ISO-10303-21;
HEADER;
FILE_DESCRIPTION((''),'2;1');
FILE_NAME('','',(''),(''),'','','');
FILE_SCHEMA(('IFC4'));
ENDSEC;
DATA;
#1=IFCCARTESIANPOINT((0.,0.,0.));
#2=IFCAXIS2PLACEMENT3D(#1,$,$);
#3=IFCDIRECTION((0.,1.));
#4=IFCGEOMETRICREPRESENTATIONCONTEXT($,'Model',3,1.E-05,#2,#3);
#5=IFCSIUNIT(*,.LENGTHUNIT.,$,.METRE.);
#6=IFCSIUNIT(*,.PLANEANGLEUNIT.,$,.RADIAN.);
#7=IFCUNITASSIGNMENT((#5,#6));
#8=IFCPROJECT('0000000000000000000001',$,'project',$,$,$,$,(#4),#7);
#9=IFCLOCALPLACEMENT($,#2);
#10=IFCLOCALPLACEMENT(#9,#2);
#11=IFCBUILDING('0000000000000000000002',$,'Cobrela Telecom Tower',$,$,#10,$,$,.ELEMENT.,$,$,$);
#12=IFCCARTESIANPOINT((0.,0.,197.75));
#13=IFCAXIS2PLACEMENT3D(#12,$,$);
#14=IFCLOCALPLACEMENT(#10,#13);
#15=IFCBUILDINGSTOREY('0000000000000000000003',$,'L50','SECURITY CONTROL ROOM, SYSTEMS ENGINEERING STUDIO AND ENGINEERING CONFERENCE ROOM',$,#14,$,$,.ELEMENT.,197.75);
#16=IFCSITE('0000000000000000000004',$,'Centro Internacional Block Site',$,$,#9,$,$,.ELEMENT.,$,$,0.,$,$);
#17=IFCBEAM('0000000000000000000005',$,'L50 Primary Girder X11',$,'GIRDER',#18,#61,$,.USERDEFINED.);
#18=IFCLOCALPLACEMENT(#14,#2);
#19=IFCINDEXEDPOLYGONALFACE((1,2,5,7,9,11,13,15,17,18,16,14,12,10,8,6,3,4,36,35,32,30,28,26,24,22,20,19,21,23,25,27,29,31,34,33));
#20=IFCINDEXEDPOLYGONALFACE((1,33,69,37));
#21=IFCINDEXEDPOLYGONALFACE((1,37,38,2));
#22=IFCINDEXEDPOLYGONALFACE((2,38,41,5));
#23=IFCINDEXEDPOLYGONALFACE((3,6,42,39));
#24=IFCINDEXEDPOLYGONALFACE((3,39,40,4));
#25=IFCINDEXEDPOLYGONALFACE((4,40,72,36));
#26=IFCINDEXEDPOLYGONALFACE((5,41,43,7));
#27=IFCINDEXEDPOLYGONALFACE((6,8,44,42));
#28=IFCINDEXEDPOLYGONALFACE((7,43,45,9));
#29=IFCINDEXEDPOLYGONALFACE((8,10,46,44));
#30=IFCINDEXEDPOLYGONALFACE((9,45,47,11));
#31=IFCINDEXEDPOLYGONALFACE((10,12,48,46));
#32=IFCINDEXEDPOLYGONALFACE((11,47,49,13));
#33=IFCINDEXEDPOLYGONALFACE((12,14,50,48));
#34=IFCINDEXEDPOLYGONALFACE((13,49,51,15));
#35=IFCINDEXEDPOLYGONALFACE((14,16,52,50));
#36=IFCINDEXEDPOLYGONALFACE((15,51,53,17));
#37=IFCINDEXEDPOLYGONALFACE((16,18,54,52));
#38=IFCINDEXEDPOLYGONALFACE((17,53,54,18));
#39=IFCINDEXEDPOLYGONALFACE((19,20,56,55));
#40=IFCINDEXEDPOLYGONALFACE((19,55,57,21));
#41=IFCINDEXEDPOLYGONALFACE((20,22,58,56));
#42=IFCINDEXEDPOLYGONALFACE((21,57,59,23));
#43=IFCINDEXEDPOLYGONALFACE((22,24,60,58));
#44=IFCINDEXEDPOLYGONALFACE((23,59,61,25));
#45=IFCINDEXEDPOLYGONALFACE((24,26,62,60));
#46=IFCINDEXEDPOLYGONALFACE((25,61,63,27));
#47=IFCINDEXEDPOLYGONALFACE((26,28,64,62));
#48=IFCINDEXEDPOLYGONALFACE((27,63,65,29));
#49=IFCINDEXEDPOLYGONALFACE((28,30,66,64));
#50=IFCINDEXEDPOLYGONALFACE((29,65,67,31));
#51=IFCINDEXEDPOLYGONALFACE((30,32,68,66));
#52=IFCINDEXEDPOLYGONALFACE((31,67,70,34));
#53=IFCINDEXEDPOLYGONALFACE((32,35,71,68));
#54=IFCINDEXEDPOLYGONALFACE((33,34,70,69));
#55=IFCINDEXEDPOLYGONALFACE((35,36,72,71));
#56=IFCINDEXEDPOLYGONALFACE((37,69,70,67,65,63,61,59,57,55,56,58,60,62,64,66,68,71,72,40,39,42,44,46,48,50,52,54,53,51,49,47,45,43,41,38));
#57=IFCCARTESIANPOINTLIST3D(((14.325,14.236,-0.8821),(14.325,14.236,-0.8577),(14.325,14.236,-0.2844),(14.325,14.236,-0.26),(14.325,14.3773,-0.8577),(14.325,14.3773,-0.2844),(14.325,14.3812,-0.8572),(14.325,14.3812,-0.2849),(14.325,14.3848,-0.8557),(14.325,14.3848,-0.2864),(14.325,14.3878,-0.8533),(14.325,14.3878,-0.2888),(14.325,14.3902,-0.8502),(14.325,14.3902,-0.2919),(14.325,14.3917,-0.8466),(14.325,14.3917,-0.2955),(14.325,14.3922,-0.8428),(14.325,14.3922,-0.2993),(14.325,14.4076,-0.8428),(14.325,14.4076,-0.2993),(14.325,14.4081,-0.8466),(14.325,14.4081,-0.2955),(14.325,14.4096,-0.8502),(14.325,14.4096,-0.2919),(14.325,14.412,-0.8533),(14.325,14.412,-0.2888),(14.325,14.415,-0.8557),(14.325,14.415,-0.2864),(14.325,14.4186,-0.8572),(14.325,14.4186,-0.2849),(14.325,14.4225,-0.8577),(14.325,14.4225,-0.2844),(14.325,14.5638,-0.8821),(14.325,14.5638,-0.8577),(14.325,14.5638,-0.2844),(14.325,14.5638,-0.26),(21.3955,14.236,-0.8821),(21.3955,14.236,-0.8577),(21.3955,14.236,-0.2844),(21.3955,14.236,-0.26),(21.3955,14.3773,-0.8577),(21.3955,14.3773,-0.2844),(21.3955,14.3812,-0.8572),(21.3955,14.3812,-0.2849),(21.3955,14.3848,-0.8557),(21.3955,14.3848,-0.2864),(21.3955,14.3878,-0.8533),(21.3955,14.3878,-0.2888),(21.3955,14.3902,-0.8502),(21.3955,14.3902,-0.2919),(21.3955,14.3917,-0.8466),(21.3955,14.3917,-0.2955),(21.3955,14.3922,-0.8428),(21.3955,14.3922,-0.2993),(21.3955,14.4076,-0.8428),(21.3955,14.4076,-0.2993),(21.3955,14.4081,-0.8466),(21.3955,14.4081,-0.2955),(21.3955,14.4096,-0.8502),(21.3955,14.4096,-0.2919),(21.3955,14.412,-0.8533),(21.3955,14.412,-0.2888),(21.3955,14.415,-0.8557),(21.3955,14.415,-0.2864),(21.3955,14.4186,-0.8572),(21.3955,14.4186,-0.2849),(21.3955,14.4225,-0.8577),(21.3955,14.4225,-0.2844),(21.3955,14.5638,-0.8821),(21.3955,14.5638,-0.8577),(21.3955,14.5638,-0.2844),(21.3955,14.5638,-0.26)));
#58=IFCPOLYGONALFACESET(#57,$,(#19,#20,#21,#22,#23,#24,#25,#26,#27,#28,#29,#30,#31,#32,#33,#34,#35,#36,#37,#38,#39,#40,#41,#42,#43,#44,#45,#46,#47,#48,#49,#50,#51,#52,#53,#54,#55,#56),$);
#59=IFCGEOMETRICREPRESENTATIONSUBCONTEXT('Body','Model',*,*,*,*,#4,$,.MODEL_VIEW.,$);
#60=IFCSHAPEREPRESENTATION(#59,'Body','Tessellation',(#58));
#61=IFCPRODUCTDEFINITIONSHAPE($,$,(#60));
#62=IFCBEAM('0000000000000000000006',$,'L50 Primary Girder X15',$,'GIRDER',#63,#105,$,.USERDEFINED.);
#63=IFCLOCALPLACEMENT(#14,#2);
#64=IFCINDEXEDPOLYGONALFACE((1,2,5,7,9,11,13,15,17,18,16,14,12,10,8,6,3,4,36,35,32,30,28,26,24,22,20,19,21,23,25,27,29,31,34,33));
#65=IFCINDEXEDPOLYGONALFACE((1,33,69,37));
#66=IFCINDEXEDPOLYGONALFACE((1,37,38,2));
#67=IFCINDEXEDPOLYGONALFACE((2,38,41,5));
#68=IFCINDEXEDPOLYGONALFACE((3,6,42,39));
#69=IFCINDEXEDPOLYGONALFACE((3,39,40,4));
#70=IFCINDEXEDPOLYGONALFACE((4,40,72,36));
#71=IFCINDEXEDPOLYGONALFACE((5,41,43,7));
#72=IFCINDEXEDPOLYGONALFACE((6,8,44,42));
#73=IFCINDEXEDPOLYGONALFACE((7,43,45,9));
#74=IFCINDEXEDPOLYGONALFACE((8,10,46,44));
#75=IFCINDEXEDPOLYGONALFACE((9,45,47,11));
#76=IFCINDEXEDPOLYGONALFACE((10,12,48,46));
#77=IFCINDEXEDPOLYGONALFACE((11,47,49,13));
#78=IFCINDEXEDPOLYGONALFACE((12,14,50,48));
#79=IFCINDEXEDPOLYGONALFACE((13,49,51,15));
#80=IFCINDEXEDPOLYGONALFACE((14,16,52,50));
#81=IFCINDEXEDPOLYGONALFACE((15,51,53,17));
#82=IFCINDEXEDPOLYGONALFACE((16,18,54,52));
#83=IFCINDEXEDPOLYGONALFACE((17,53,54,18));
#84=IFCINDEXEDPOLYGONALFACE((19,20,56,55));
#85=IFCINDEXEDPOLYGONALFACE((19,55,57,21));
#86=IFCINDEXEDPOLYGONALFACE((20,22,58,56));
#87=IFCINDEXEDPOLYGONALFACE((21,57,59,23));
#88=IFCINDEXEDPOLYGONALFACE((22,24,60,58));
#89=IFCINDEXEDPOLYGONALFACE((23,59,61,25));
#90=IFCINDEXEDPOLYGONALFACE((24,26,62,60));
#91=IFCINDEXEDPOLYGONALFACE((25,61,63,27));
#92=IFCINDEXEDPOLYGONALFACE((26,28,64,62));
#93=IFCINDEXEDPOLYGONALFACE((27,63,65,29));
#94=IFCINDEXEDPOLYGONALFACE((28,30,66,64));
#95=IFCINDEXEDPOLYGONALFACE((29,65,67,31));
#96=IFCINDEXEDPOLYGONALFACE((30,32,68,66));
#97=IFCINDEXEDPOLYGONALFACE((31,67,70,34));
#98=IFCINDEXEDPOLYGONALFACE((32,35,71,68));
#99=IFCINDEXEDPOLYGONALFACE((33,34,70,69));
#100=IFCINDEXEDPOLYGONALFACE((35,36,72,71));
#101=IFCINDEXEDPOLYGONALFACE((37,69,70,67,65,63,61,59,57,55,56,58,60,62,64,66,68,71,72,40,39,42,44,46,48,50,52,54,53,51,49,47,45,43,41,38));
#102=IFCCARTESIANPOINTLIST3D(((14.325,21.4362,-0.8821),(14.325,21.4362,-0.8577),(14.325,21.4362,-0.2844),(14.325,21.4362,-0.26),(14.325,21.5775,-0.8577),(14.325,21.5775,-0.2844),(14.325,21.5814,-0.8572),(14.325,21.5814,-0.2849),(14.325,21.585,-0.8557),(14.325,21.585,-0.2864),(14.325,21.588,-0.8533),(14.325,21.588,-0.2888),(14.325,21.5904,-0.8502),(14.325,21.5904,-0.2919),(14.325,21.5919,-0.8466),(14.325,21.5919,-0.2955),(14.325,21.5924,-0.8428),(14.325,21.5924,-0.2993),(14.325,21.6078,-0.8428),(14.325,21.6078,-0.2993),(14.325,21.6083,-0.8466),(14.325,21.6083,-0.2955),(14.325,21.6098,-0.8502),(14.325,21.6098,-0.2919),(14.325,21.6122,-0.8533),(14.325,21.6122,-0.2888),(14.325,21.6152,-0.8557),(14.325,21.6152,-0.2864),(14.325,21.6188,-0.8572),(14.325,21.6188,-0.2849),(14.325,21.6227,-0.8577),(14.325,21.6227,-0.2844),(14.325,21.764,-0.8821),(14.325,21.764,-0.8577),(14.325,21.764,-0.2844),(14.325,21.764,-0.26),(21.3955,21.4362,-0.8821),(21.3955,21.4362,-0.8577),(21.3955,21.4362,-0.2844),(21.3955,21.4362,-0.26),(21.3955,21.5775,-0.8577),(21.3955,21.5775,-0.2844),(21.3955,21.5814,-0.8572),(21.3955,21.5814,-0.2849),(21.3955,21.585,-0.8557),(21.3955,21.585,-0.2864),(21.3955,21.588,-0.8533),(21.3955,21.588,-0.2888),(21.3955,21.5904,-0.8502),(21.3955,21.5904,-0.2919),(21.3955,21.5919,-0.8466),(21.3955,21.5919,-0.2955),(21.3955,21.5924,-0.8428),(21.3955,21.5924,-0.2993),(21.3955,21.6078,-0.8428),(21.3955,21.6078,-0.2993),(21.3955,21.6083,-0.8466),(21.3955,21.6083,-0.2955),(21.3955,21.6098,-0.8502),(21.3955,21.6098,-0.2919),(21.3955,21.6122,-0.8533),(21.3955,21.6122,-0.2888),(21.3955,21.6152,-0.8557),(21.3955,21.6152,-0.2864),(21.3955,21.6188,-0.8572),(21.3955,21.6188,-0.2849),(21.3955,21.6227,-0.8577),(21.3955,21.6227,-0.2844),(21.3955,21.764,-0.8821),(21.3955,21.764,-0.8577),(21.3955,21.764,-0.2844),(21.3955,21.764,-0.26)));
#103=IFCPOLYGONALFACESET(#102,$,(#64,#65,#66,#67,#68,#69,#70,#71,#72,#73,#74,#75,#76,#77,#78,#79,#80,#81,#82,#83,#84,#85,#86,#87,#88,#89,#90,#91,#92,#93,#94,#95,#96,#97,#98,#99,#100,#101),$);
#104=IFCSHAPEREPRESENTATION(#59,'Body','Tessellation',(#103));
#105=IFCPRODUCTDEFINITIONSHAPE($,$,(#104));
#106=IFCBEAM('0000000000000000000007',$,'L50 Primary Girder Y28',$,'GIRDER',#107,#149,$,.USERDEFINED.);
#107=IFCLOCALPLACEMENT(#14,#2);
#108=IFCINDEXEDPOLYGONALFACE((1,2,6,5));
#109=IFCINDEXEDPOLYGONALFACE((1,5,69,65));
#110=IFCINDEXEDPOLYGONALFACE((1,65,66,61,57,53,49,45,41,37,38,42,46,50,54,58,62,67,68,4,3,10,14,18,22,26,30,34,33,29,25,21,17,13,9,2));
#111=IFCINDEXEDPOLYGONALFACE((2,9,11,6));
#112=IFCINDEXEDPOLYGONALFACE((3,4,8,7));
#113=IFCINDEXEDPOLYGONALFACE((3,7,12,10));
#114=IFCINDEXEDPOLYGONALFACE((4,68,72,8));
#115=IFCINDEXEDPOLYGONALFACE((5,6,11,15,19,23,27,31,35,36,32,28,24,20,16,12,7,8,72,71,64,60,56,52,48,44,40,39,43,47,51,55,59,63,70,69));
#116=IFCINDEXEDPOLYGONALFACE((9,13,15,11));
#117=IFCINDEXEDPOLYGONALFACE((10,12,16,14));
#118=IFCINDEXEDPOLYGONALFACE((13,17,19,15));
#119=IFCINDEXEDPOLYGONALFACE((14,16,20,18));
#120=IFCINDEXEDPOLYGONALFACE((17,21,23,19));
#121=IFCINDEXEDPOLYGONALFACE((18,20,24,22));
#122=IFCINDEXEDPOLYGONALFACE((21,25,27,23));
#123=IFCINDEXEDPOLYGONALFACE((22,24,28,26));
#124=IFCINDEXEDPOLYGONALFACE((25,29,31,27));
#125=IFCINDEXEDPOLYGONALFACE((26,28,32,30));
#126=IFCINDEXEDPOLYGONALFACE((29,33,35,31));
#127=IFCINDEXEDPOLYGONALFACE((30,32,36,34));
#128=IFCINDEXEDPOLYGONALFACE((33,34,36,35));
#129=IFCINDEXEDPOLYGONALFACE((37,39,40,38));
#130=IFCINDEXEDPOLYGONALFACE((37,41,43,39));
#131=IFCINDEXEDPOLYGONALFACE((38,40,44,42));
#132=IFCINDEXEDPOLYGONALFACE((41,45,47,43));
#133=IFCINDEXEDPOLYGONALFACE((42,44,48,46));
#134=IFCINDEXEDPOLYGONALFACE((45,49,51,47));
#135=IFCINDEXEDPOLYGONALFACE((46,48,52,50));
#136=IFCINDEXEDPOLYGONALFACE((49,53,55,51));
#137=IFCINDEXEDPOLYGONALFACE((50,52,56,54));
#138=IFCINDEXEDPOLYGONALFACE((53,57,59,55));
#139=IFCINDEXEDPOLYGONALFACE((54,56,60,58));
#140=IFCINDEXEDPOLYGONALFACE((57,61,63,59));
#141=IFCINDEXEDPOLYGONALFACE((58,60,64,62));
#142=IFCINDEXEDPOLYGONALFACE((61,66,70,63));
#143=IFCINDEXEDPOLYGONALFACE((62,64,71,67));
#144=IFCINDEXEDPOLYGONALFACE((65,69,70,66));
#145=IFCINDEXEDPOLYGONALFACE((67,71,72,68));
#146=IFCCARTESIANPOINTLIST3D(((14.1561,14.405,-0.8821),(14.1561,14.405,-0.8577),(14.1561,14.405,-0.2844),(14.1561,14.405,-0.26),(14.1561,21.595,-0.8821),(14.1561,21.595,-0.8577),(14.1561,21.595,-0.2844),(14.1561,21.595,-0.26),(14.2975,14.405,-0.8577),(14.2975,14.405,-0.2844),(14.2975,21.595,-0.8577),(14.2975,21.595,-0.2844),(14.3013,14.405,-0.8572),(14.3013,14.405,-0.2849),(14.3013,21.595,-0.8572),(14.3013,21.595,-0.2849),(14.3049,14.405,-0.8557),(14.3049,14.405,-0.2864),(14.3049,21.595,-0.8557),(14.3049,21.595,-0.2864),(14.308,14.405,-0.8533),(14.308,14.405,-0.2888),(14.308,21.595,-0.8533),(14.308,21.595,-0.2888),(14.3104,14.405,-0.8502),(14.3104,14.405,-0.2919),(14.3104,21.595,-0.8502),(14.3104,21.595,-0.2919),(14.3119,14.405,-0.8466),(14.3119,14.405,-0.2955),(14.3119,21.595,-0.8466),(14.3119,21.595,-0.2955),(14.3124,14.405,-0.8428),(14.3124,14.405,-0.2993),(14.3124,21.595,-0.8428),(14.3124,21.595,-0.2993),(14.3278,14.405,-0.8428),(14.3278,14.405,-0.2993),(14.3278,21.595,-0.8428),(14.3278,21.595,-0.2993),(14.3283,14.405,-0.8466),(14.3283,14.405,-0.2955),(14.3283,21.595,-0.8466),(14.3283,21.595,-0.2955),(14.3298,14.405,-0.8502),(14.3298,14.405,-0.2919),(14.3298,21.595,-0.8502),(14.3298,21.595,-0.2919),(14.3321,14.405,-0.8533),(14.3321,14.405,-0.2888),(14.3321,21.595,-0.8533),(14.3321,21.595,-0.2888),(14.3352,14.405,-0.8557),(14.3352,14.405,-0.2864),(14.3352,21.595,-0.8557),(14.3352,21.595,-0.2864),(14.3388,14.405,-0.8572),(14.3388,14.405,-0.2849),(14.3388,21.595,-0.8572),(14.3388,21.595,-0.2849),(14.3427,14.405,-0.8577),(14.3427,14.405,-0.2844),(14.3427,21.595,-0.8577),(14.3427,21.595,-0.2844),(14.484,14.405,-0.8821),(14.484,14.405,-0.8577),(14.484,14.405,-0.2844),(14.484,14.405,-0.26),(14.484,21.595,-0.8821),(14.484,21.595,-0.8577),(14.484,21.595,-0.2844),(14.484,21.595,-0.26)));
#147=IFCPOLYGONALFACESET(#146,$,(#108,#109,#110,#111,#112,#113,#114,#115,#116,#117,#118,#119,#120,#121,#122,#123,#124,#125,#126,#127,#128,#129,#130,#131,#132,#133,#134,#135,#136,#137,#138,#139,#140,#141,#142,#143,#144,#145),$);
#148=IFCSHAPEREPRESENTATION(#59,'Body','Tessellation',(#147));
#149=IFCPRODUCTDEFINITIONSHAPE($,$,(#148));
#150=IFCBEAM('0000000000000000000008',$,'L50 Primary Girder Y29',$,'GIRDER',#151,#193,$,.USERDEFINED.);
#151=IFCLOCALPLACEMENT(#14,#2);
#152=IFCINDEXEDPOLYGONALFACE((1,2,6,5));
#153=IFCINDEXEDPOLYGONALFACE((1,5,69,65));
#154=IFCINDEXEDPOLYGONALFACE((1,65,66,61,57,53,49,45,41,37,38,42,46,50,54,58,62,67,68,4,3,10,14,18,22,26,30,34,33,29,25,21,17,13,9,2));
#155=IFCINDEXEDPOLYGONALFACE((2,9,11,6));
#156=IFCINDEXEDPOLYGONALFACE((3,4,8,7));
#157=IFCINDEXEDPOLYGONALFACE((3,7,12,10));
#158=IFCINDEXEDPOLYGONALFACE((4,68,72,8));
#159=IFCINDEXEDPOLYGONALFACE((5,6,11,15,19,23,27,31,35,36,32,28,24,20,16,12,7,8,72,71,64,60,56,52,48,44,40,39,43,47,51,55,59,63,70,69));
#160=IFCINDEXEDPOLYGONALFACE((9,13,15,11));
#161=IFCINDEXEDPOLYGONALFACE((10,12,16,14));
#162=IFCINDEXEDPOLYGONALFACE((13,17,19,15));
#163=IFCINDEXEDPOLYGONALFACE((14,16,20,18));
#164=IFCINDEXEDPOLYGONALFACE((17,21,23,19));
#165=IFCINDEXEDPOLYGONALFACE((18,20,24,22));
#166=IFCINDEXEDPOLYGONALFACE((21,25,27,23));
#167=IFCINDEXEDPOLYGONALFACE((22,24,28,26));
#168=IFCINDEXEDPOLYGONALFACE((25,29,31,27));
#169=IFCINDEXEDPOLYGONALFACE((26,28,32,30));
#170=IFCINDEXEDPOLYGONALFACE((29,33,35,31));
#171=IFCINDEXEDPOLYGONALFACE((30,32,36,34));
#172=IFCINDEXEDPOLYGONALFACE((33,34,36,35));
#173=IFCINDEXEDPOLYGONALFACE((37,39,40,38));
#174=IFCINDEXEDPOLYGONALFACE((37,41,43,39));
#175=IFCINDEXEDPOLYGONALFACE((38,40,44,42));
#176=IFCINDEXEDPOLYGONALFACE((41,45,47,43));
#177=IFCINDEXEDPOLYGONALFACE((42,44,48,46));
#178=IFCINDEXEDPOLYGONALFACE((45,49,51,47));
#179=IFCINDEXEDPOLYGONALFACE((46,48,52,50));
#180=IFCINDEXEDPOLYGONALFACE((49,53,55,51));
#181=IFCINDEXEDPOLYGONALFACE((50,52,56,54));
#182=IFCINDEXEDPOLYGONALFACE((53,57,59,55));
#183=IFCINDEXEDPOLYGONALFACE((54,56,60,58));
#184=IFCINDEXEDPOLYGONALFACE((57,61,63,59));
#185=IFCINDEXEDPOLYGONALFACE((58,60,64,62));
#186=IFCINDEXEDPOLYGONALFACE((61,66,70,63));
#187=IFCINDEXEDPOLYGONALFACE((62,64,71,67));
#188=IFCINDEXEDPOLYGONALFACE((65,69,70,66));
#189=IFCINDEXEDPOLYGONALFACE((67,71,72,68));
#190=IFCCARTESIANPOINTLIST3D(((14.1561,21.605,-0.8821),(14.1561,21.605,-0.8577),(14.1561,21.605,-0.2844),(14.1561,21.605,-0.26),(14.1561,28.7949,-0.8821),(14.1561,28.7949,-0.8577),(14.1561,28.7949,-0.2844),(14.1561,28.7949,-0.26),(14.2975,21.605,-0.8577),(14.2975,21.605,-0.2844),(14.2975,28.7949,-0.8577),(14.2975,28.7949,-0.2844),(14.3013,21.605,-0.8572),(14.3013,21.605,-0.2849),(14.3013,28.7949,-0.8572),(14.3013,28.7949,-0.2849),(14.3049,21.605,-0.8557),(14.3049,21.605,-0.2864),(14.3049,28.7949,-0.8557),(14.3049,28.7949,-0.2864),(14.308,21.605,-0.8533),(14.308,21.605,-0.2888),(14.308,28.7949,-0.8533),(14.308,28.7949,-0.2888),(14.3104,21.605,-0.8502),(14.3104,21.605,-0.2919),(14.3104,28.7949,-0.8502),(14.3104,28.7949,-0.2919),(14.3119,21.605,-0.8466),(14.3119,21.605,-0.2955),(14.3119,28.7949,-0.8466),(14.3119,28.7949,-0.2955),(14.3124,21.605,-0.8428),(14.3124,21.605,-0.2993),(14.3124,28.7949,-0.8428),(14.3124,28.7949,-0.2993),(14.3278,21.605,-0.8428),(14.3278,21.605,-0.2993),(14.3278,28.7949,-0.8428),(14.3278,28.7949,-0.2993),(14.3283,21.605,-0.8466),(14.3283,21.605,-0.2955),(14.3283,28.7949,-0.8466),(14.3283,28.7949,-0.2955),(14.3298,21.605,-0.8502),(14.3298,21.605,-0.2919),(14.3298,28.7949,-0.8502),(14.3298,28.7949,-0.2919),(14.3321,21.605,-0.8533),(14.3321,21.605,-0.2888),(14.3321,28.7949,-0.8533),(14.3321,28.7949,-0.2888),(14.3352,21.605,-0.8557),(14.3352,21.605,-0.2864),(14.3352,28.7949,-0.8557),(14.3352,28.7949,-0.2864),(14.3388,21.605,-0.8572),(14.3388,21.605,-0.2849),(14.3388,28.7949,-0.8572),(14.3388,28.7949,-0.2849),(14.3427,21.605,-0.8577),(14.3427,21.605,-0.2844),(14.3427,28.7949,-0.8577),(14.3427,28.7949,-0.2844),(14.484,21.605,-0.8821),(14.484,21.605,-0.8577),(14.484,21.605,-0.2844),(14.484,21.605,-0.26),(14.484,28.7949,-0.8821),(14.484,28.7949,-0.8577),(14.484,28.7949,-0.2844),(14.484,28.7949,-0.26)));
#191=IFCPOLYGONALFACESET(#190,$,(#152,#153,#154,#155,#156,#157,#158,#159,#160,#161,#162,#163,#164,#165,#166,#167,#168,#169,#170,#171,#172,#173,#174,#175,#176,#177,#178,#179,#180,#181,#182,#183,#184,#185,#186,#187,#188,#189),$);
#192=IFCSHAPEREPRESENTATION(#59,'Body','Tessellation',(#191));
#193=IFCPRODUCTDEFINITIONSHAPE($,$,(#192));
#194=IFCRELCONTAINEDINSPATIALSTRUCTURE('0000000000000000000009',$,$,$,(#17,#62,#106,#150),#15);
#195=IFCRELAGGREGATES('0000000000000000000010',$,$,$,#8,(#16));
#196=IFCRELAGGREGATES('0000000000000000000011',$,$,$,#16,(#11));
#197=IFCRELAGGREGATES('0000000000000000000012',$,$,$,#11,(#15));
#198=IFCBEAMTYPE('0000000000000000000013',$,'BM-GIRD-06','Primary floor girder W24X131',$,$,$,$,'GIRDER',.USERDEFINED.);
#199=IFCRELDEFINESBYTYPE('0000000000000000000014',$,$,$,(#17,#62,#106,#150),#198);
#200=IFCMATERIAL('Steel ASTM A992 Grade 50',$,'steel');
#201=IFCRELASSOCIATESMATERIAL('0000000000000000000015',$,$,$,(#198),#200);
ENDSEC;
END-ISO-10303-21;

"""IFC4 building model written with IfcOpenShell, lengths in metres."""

from ifc_helpers import new_model, si_unit, direction, frame, origin, origin_2d, place, context, subcontext, project, spatial, i_section, extrude, material, material_profile, profile_set, type_object, element, save


model = new_model("IFC4")

# Units and contexts
model_context = context("Model", 3, precision=1e-05, world=origin(), true_north=direction((0.0, 1.0)))
body_context = subcontext(model_context, "Body", "Model", "MODEL_VIEW")
ifc_project = project(units=[si_unit("LENGTHUNIT", "METRE"), si_unit("PLANEANGLEUNIT", "RADIAN")], contexts=[model_context])

# Site, building, storey
site_placement = place(None, origin())
site = spatial("IfcSite", under=ifc_project, at=site_placement, Name="Centro Internacional Block Site", CompositionType="ELEMENT", RefElevation=0.0)
building_placement = place(site_placement, origin())
building = spatial("IfcBuilding", under=site, at=building_placement, Name="Cobrela Telecom Tower", CompositionType="ELEMENT")
storey_placement = place(building_placement, frame((0.0, 0.0, 197.75)))
storey = spatial("IfcBuildingStorey", under=building, at=storey_placement, Name="L50", Description="SECURITY CONTROL ROOM, SYSTEMS ENGINEERING STUDIO AND ENGINEERING CONFERENCE ROOM", CompositionType="ELEMENT", Elevation=197.75)

# Beams
ifc_material_1 = material(Name="Steel ASTM A992 Grade 50", Category="steel")
ifc_material_profile_1 = material_profile(ifc_material_1, i_section(OverallWidth=0.3279, OverallDepth=0.6221, WebThickness=0.0154, FlangeThickness=0.0244, FilletRadius=0.0149, at=origin_2d()), Name="W24X131")
ifc_profile_set_1 = profile_set([ifc_material_profile_1], Name="Steel ASTM A992 Grade 50")
beam_type_1 = type_object("IfcBeamType", Name="BM-GIRD-06", Description="Primary floor girder W24X131", ElementType="GIRDER", PredefinedType="USERDEFINED", material=ifc_profile_set_1)
for number, where, z_axis, x_axis, name in (
    (1, (14.325, 14.3999, -0.571), (1.0, 0.0, 0.0), (0.0, 1.0, 0.0), "L50 Primary Girder X11"),
    (2, (14.325, 21.6001, -0.571), (1.0, 0.0, 0.0), (0.0, 1.0, 0.0), "L50 Primary Girder X15"),
):
    element("IfcBeam", number, at=place(storey_placement, frame(where, z_axis=z_axis, x_axis=x_axis)), inside=storey, type_object=beam_type_1, Name=name, ObjectType="GIRDER", PredefinedType="USERDEFINED", context=body_context, shape_type="SweptSolid", body=[
        extrude(i_section(OverallWidth=0.3279, OverallDepth=0.6221, WebThickness=0.0154, FlangeThickness=0.0244, FilletRadius=0.0149, at=origin_2d()), origin(), (0.0, 0.0, 1.0), 7.0706),
    ])
for number, where, z_axis, x_axis, name in (
    (3, (14.3201, 14.405, -0.571), (0.0, 1.0, 0.0), (-1.0, 0.0, 0.0), "L50 Primary Girder Y28"),
    (4, (14.3201, 21.605, -0.571), (0.0, 1.0, 0.0), (-1.0, 0.0, 0.0), "L50 Primary Girder Y29"),
):
    element("IfcBeam", number, at=place(storey_placement, frame(where, z_axis=z_axis, x_axis=x_axis)), inside=storey, type_object=beam_type_1, Name=name, ObjectType="GIRDER", PredefinedType="USERDEFINED", context=body_context, shape_type="SweptSolid", body=[
        extrude(i_section(OverallWidth=0.3279, OverallDepth=0.6221, WebThickness=0.0154, FlangeThickness=0.0244, FilletRadius=0.0149, at=origin_2d()), origin(), (0.0, 0.0, 1.0), 7.1899),
    ])

save(model, "model.ifc")
